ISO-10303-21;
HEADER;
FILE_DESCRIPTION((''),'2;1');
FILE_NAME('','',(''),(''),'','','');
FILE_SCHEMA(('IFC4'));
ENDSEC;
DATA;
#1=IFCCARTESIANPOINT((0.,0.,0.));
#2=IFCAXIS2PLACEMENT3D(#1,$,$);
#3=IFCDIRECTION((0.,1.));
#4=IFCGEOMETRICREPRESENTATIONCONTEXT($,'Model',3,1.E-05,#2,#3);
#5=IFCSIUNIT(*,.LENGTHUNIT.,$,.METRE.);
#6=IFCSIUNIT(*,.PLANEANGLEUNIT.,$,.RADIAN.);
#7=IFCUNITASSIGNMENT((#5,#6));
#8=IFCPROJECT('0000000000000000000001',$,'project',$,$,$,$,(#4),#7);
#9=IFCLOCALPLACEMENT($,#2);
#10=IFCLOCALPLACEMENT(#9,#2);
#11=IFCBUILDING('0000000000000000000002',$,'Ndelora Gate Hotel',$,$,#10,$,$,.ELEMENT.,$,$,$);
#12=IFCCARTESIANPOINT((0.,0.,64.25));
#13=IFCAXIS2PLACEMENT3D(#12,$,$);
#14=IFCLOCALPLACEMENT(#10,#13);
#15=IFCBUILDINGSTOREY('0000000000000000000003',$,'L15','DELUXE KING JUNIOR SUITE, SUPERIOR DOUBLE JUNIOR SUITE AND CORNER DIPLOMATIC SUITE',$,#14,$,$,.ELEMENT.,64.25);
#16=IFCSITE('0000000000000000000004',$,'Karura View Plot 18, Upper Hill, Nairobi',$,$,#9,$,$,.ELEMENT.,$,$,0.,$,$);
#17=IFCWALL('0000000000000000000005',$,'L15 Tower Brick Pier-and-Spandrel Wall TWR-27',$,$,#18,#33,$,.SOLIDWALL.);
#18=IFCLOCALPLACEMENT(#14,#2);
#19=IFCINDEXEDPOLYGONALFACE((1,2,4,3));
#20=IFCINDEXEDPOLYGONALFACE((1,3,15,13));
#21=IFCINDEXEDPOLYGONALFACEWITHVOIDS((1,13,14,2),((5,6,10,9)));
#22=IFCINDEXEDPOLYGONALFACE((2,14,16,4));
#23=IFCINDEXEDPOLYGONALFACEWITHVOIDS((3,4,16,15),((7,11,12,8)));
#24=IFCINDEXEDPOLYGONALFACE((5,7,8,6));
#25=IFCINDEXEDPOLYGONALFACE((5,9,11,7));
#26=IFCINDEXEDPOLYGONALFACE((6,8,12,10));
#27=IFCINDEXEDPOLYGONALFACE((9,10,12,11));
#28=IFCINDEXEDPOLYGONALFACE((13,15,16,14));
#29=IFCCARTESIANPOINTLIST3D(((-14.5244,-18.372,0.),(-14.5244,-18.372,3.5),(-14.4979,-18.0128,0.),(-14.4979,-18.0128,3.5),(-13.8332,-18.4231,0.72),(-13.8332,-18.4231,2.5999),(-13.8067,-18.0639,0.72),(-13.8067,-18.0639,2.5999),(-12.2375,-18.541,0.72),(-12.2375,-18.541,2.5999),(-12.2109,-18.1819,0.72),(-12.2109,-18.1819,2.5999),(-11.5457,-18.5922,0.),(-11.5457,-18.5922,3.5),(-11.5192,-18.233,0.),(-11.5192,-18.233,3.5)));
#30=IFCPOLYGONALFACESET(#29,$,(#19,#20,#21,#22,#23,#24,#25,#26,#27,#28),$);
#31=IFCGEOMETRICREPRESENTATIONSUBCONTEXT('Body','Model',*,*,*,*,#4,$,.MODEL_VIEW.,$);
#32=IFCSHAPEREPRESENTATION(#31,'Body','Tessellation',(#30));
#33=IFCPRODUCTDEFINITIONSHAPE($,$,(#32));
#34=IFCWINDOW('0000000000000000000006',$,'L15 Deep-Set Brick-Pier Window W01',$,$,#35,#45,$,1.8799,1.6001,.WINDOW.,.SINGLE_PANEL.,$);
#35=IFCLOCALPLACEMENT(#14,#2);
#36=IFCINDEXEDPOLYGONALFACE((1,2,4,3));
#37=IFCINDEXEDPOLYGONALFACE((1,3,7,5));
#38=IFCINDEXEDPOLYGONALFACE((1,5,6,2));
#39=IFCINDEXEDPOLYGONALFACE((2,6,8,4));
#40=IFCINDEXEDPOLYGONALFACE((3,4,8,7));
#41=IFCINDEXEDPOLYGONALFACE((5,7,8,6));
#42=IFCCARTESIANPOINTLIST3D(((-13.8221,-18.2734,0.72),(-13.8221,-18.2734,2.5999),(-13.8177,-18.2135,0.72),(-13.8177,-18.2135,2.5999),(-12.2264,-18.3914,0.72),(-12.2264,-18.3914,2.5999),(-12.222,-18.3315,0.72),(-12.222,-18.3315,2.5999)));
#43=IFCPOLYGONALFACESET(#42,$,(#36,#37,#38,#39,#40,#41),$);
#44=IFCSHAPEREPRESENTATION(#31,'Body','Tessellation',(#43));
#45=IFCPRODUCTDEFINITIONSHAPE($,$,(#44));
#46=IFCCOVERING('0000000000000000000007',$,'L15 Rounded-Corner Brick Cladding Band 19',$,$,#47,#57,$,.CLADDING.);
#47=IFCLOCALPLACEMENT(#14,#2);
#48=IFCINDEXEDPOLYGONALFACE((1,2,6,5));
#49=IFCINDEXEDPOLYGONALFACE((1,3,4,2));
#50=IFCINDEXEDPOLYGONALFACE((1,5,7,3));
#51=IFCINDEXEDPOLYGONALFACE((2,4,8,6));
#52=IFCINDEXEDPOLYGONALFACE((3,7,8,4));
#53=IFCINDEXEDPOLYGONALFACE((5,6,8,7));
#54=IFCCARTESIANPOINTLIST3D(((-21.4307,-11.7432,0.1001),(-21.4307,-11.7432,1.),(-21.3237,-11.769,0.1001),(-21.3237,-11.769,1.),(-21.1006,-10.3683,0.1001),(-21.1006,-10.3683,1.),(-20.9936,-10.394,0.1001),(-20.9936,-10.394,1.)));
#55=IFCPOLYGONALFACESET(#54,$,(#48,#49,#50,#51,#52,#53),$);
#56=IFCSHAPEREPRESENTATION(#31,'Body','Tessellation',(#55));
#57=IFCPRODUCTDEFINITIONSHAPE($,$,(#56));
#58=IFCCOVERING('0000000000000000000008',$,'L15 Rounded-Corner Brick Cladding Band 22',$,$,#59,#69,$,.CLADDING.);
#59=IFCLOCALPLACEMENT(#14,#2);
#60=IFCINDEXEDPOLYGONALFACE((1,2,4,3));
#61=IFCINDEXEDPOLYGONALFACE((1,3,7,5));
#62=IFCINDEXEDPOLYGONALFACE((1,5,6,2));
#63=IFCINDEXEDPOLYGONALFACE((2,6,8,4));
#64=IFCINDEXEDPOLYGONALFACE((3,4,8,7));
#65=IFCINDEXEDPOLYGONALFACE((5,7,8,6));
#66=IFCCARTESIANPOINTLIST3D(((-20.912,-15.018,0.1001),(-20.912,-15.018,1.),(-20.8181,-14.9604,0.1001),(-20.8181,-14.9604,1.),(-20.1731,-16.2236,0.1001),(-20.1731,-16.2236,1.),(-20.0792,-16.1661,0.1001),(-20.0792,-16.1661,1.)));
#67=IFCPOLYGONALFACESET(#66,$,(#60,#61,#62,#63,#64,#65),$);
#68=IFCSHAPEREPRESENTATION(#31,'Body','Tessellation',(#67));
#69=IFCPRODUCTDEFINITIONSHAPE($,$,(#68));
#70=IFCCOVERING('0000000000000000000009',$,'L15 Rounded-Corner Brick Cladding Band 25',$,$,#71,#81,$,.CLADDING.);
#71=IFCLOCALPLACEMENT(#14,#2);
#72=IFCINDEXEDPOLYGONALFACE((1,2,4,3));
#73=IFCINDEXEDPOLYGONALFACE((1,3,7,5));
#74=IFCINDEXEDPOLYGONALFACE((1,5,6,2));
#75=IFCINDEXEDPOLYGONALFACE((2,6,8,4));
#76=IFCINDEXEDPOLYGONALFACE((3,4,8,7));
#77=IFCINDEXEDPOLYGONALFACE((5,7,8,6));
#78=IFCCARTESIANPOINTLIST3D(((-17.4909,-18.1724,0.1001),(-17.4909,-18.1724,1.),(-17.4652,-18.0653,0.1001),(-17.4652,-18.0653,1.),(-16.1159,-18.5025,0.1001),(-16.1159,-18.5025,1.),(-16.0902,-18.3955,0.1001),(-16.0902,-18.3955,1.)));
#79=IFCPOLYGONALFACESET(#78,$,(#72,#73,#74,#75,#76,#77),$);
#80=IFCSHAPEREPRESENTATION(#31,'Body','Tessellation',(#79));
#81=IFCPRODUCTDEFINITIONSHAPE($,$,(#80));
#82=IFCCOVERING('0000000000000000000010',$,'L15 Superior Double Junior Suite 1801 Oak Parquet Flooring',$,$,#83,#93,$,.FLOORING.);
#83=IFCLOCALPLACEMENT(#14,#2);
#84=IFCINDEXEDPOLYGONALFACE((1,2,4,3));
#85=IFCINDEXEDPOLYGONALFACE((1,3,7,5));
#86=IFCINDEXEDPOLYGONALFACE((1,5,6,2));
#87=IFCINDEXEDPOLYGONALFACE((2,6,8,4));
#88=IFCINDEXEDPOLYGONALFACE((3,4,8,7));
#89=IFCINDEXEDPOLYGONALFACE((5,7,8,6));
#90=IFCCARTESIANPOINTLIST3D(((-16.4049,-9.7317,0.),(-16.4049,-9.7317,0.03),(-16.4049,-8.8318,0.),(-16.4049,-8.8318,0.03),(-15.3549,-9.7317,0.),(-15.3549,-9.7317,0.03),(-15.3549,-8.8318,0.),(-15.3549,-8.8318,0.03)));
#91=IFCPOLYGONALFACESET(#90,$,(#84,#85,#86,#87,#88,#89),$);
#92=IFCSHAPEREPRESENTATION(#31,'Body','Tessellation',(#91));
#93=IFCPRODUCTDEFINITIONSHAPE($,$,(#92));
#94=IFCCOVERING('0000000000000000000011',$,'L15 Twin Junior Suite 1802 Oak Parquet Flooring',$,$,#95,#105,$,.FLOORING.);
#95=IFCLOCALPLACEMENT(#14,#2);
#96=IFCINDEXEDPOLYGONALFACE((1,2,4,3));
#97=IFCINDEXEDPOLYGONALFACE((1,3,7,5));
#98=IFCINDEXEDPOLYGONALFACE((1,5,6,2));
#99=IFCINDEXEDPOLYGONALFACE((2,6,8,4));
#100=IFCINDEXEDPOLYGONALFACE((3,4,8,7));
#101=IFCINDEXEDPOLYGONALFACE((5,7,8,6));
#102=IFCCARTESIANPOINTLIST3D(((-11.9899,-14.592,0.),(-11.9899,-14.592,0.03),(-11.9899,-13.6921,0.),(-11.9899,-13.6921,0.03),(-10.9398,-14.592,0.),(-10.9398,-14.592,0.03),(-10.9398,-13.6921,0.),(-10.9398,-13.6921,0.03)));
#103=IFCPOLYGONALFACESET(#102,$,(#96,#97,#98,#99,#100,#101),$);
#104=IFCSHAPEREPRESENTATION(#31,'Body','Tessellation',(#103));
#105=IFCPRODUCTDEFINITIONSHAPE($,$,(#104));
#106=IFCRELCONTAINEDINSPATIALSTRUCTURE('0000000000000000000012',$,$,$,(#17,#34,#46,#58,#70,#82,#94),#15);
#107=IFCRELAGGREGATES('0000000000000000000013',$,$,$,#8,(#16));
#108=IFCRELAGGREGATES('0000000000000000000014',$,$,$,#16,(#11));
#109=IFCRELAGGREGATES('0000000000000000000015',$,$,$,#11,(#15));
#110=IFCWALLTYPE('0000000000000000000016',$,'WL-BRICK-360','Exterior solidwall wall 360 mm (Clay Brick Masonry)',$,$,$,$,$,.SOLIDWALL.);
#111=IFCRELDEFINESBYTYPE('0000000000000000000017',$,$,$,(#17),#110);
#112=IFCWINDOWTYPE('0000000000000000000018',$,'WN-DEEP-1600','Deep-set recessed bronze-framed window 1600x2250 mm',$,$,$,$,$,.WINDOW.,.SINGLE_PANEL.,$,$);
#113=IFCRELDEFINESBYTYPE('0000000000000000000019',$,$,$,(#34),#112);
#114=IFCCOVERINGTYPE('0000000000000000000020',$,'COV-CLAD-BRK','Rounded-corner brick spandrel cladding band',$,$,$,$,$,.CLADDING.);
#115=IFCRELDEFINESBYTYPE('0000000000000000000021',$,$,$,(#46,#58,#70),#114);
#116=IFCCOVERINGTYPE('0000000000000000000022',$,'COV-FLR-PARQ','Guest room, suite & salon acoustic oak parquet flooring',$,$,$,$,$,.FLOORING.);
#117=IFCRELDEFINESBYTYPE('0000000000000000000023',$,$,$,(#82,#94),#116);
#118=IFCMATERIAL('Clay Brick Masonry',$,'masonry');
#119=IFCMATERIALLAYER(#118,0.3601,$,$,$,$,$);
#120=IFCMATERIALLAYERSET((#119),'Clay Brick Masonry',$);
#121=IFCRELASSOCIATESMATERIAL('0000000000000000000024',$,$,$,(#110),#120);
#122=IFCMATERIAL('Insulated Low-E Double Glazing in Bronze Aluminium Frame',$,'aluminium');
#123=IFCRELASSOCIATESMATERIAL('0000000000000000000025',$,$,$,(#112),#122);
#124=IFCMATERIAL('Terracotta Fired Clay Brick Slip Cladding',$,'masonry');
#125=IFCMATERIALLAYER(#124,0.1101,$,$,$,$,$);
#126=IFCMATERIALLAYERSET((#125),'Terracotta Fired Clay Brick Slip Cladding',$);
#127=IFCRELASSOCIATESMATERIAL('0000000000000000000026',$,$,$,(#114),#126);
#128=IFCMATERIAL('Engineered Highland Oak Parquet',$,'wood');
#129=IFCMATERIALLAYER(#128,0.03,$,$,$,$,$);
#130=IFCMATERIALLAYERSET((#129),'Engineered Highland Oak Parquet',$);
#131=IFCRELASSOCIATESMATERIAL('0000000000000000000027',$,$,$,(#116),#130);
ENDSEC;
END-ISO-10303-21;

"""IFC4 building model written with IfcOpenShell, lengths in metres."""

from ifc_helpers import new_model, si_unit, direction, frame, frame_2d, origin, origin_2d, place, context, subcontext, project, spatial, rectangle, extrude, material, layer, layer_set, type_object, element, fill, save


model = new_model("IFC4")

# Units and contexts
model_context = context("Model", 3, precision=1e-05, world=origin(), true_north=direction((0.0, 1.0)))
body_context = subcontext(model_context, "Body", "Model", "MODEL_VIEW")
ifc_project = project(units=[si_unit("LENGTHUNIT", "METRE"), si_unit("PLANEANGLEUNIT", "RADIAN")], contexts=[model_context])

# Site, building, storey
site_placement = place(None, origin())
site = spatial("IfcSite", under=ifc_project, at=site_placement, Name="Karura View Plot 18, Upper Hill, Nairobi", CompositionType="ELEMENT", RefElevation=0.0)
building_placement = place(site_placement, origin())
building = spatial("IfcBuilding", under=site, at=building_placement, Name="Ndelora Gate Hotel", CompositionType="ELEMENT")
storey_placement = place(building_placement, frame((0.0, 0.0, 64.25)))
storey = spatial("IfcBuildingStorey", under=building, at=storey_placement, Name="L15", Description="DELUXE KING JUNIOR SUITE, SUPERIOR DOUBLE JUNIOR SUITE AND CORNER DIPLOMATIC SUITE", CompositionType="ELEMENT", Elevation=64.25)

# Shared definitions
ifc_material_1 = material(Name="Clay Brick Masonry", Category="masonry")
ifc_layer_1 = layer(ifc_material_1, 0.3601)
ifc_layer_set_1 = layer_set([ifc_layer_1], Name="Clay Brick Masonry")
wall_type = type_object("IfcWallType", Name="WL-BRICK-360", Description="Exterior solidwall wall 360 mm (Clay Brick Masonry)", PredefinedType="SOLIDWALL", material=ifc_layer_set_1)
ifc_material_2 = material(Name="Insulated Low-E Double Glazing in Bronze Aluminium Frame", Category="aluminium")
window_type_1 = type_object("IfcWindowType", Name="WN-DEEP-1600", Description="Deep-set recessed bronze-framed window 1600x2250 mm", PartitioningType="SINGLE_PANEL", PredefinedType="WINDOW", material=ifc_material_2)

# Wall, opening, window
wall_1_placement = place(storey_placement, frame((-11.5325, -18.4126, 0.0), z_axis=(0.0, 0.0, 1.0), x_axis=(-0.997278, 0.073727, 0.0)))
wall_1 = element("IfcWall", 1, at=wall_1_placement, inside=storey, type_object=wall_type, Name="L15 Tower Brick Pier-and-Spandrel Wall TWR-27", PredefinedType="SOLIDWALL", context=body_context, shape_type="SweptSolid", body=[
    extrude(rectangle(XDim=2.9868, YDim=0.3601, at=frame_2d((1.4934, 0.0))), origin(), (0.0, 0.0, 1.0), 3.5),
])
opening_1_placement = place(wall_1_placement, frame((0.6936, 0.0, 0.72)))
opening_1 = element("IfcOpeningElement", 2, at=opening_1_placement, cuts=wall_1, PredefinedType="OPENING", context=body_context, shape_type="SweptSolid", body=[
    extrude(rectangle(XDim=1.6001, YDim=1.8799, at=frame_2d((0.8, 0.9399))), frame((0.0, 0.1899, 0.0), z_axis=(0.0, -1.0, 0.0), x_axis=(1.0, 0.0, 0.0)), (0.0, 0.0, 1.0), 0.3801),
])
window_1_placement = place(opening_1_placement, origin())
window_1 = element("IfcWindow", 3, at=window_1_placement, inside=storey, type_object=window_type_1, Name="L15 Deep-Set Brick-Pier Window W01", OverallHeight=1.8799, OverallWidth=1.6001, PartitioningType="SINGLE_PANEL", PredefinedType="WINDOW", context=body_context, shape_type="SweptSolid", body=[
    extrude(rectangle(XDim=1.6001, YDim=1.8799, at=frame_2d((0.8, 0.9399))), frame((0.0, 0.03, 0.0), z_axis=(0.0, -1.0, 0.0), x_axis=(1.0, 0.0, 0.0)), (0.0, 0.0, 1.0), 0.0601),
])
fill(opening_1, window_1)

# Coverings
ifc_material_3 = material(Name="Terracotta Fired Clay Brick Slip Cladding", Category="masonry")
ifc_layer_2 = layer(ifc_material_3, 0.1101)
ifc_layer_set_2 = layer_set([ifc_layer_2], Name="Terracotta Fired Clay Brick Slip Cladding")
covering_type_1 = type_object("IfcCoveringType", Name="COV-CLAD-BRK", Description="Rounded-corner brick spandrel cladding band", PredefinedType="CLADDING", material=ifc_layer_set_2)
for number, where, z_axis, x_axis, name in (
    (4, (-21.2122, -11.0686, 0.1001), (0.0, 0.0, 1.0), (0.233445, 0.97237, 0.0), "L15 Rounded-Corner Brick Cladding Band 19"),
    (5, (-20.4956, -15.592, 0.1001), (0.0, 0.0, 1.0), (-0.522499, 0.85264, 0.0), "L15 Rounded-Corner Brick Cladding Band 22"),
    (6, (-16.7905, -18.2839, 0.1001), (0.0, 0.0, 1.0), (-0.97237, 0.233445, 0.0), "L15 Rounded-Corner Brick Cladding Band 25"),
):
    element("IfcCovering", number, at=place(storey_placement, frame(where, z_axis=z_axis, x_axis=x_axis)), inside=storey, type_object=covering_type_1, Name=name, PredefinedType="CLADDING", context=body_context, shape_type="SweptSolid", body=[
        extrude(rectangle(XDim=1.4141, YDim=0.1101, at=origin_2d()), origin(), (0.0, 0.0, 1.0), 0.8999),
    ])
ifc_material_4 = material(Name="Engineered Highland Oak Parquet", Category="wood")
ifc_layer_3 = layer(ifc_material_4, 0.03)
ifc_layer_set_3 = layer_set([ifc_layer_3], Name="Engineered Highland Oak Parquet")
covering_type_2 = type_object("IfcCoveringType", Name="COV-FLR-PARQ", Description="Guest room, suite & salon acoustic oak parquet flooring", PredefinedType="FLOORING", material=ifc_layer_set_3)
for number, where, z_axis, x_axis, name in (
    (7, (-15.8799, -9.2817, 0.0), (0.0, 0.0, 1.0), (1.0, 0.0, 0.0), "L15 Superior Double Junior Suite 1801 Oak Parquet Flooring"),
    (8, (-11.4648, -14.1421, 0.0), (0.0, 0.0, 1.0), (1.0, 0.0, 0.0), "L15 Twin Junior Suite 1802 Oak Parquet Flooring"),
):
    element("IfcCovering", number, at=place(storey_placement, frame(where, z_axis=z_axis, x_axis=x_axis)), inside=storey, type_object=covering_type_2, Name=name, PredefinedType="FLOORING", context=body_context, shape_type="SweptSolid", body=[
        extrude(rectangle(XDim=1.05, YDim=0.8999, at=origin_2d()), origin(), (0.0, 0.0, 1.0), 0.03),
    ])

save(model, "model.ifc")
